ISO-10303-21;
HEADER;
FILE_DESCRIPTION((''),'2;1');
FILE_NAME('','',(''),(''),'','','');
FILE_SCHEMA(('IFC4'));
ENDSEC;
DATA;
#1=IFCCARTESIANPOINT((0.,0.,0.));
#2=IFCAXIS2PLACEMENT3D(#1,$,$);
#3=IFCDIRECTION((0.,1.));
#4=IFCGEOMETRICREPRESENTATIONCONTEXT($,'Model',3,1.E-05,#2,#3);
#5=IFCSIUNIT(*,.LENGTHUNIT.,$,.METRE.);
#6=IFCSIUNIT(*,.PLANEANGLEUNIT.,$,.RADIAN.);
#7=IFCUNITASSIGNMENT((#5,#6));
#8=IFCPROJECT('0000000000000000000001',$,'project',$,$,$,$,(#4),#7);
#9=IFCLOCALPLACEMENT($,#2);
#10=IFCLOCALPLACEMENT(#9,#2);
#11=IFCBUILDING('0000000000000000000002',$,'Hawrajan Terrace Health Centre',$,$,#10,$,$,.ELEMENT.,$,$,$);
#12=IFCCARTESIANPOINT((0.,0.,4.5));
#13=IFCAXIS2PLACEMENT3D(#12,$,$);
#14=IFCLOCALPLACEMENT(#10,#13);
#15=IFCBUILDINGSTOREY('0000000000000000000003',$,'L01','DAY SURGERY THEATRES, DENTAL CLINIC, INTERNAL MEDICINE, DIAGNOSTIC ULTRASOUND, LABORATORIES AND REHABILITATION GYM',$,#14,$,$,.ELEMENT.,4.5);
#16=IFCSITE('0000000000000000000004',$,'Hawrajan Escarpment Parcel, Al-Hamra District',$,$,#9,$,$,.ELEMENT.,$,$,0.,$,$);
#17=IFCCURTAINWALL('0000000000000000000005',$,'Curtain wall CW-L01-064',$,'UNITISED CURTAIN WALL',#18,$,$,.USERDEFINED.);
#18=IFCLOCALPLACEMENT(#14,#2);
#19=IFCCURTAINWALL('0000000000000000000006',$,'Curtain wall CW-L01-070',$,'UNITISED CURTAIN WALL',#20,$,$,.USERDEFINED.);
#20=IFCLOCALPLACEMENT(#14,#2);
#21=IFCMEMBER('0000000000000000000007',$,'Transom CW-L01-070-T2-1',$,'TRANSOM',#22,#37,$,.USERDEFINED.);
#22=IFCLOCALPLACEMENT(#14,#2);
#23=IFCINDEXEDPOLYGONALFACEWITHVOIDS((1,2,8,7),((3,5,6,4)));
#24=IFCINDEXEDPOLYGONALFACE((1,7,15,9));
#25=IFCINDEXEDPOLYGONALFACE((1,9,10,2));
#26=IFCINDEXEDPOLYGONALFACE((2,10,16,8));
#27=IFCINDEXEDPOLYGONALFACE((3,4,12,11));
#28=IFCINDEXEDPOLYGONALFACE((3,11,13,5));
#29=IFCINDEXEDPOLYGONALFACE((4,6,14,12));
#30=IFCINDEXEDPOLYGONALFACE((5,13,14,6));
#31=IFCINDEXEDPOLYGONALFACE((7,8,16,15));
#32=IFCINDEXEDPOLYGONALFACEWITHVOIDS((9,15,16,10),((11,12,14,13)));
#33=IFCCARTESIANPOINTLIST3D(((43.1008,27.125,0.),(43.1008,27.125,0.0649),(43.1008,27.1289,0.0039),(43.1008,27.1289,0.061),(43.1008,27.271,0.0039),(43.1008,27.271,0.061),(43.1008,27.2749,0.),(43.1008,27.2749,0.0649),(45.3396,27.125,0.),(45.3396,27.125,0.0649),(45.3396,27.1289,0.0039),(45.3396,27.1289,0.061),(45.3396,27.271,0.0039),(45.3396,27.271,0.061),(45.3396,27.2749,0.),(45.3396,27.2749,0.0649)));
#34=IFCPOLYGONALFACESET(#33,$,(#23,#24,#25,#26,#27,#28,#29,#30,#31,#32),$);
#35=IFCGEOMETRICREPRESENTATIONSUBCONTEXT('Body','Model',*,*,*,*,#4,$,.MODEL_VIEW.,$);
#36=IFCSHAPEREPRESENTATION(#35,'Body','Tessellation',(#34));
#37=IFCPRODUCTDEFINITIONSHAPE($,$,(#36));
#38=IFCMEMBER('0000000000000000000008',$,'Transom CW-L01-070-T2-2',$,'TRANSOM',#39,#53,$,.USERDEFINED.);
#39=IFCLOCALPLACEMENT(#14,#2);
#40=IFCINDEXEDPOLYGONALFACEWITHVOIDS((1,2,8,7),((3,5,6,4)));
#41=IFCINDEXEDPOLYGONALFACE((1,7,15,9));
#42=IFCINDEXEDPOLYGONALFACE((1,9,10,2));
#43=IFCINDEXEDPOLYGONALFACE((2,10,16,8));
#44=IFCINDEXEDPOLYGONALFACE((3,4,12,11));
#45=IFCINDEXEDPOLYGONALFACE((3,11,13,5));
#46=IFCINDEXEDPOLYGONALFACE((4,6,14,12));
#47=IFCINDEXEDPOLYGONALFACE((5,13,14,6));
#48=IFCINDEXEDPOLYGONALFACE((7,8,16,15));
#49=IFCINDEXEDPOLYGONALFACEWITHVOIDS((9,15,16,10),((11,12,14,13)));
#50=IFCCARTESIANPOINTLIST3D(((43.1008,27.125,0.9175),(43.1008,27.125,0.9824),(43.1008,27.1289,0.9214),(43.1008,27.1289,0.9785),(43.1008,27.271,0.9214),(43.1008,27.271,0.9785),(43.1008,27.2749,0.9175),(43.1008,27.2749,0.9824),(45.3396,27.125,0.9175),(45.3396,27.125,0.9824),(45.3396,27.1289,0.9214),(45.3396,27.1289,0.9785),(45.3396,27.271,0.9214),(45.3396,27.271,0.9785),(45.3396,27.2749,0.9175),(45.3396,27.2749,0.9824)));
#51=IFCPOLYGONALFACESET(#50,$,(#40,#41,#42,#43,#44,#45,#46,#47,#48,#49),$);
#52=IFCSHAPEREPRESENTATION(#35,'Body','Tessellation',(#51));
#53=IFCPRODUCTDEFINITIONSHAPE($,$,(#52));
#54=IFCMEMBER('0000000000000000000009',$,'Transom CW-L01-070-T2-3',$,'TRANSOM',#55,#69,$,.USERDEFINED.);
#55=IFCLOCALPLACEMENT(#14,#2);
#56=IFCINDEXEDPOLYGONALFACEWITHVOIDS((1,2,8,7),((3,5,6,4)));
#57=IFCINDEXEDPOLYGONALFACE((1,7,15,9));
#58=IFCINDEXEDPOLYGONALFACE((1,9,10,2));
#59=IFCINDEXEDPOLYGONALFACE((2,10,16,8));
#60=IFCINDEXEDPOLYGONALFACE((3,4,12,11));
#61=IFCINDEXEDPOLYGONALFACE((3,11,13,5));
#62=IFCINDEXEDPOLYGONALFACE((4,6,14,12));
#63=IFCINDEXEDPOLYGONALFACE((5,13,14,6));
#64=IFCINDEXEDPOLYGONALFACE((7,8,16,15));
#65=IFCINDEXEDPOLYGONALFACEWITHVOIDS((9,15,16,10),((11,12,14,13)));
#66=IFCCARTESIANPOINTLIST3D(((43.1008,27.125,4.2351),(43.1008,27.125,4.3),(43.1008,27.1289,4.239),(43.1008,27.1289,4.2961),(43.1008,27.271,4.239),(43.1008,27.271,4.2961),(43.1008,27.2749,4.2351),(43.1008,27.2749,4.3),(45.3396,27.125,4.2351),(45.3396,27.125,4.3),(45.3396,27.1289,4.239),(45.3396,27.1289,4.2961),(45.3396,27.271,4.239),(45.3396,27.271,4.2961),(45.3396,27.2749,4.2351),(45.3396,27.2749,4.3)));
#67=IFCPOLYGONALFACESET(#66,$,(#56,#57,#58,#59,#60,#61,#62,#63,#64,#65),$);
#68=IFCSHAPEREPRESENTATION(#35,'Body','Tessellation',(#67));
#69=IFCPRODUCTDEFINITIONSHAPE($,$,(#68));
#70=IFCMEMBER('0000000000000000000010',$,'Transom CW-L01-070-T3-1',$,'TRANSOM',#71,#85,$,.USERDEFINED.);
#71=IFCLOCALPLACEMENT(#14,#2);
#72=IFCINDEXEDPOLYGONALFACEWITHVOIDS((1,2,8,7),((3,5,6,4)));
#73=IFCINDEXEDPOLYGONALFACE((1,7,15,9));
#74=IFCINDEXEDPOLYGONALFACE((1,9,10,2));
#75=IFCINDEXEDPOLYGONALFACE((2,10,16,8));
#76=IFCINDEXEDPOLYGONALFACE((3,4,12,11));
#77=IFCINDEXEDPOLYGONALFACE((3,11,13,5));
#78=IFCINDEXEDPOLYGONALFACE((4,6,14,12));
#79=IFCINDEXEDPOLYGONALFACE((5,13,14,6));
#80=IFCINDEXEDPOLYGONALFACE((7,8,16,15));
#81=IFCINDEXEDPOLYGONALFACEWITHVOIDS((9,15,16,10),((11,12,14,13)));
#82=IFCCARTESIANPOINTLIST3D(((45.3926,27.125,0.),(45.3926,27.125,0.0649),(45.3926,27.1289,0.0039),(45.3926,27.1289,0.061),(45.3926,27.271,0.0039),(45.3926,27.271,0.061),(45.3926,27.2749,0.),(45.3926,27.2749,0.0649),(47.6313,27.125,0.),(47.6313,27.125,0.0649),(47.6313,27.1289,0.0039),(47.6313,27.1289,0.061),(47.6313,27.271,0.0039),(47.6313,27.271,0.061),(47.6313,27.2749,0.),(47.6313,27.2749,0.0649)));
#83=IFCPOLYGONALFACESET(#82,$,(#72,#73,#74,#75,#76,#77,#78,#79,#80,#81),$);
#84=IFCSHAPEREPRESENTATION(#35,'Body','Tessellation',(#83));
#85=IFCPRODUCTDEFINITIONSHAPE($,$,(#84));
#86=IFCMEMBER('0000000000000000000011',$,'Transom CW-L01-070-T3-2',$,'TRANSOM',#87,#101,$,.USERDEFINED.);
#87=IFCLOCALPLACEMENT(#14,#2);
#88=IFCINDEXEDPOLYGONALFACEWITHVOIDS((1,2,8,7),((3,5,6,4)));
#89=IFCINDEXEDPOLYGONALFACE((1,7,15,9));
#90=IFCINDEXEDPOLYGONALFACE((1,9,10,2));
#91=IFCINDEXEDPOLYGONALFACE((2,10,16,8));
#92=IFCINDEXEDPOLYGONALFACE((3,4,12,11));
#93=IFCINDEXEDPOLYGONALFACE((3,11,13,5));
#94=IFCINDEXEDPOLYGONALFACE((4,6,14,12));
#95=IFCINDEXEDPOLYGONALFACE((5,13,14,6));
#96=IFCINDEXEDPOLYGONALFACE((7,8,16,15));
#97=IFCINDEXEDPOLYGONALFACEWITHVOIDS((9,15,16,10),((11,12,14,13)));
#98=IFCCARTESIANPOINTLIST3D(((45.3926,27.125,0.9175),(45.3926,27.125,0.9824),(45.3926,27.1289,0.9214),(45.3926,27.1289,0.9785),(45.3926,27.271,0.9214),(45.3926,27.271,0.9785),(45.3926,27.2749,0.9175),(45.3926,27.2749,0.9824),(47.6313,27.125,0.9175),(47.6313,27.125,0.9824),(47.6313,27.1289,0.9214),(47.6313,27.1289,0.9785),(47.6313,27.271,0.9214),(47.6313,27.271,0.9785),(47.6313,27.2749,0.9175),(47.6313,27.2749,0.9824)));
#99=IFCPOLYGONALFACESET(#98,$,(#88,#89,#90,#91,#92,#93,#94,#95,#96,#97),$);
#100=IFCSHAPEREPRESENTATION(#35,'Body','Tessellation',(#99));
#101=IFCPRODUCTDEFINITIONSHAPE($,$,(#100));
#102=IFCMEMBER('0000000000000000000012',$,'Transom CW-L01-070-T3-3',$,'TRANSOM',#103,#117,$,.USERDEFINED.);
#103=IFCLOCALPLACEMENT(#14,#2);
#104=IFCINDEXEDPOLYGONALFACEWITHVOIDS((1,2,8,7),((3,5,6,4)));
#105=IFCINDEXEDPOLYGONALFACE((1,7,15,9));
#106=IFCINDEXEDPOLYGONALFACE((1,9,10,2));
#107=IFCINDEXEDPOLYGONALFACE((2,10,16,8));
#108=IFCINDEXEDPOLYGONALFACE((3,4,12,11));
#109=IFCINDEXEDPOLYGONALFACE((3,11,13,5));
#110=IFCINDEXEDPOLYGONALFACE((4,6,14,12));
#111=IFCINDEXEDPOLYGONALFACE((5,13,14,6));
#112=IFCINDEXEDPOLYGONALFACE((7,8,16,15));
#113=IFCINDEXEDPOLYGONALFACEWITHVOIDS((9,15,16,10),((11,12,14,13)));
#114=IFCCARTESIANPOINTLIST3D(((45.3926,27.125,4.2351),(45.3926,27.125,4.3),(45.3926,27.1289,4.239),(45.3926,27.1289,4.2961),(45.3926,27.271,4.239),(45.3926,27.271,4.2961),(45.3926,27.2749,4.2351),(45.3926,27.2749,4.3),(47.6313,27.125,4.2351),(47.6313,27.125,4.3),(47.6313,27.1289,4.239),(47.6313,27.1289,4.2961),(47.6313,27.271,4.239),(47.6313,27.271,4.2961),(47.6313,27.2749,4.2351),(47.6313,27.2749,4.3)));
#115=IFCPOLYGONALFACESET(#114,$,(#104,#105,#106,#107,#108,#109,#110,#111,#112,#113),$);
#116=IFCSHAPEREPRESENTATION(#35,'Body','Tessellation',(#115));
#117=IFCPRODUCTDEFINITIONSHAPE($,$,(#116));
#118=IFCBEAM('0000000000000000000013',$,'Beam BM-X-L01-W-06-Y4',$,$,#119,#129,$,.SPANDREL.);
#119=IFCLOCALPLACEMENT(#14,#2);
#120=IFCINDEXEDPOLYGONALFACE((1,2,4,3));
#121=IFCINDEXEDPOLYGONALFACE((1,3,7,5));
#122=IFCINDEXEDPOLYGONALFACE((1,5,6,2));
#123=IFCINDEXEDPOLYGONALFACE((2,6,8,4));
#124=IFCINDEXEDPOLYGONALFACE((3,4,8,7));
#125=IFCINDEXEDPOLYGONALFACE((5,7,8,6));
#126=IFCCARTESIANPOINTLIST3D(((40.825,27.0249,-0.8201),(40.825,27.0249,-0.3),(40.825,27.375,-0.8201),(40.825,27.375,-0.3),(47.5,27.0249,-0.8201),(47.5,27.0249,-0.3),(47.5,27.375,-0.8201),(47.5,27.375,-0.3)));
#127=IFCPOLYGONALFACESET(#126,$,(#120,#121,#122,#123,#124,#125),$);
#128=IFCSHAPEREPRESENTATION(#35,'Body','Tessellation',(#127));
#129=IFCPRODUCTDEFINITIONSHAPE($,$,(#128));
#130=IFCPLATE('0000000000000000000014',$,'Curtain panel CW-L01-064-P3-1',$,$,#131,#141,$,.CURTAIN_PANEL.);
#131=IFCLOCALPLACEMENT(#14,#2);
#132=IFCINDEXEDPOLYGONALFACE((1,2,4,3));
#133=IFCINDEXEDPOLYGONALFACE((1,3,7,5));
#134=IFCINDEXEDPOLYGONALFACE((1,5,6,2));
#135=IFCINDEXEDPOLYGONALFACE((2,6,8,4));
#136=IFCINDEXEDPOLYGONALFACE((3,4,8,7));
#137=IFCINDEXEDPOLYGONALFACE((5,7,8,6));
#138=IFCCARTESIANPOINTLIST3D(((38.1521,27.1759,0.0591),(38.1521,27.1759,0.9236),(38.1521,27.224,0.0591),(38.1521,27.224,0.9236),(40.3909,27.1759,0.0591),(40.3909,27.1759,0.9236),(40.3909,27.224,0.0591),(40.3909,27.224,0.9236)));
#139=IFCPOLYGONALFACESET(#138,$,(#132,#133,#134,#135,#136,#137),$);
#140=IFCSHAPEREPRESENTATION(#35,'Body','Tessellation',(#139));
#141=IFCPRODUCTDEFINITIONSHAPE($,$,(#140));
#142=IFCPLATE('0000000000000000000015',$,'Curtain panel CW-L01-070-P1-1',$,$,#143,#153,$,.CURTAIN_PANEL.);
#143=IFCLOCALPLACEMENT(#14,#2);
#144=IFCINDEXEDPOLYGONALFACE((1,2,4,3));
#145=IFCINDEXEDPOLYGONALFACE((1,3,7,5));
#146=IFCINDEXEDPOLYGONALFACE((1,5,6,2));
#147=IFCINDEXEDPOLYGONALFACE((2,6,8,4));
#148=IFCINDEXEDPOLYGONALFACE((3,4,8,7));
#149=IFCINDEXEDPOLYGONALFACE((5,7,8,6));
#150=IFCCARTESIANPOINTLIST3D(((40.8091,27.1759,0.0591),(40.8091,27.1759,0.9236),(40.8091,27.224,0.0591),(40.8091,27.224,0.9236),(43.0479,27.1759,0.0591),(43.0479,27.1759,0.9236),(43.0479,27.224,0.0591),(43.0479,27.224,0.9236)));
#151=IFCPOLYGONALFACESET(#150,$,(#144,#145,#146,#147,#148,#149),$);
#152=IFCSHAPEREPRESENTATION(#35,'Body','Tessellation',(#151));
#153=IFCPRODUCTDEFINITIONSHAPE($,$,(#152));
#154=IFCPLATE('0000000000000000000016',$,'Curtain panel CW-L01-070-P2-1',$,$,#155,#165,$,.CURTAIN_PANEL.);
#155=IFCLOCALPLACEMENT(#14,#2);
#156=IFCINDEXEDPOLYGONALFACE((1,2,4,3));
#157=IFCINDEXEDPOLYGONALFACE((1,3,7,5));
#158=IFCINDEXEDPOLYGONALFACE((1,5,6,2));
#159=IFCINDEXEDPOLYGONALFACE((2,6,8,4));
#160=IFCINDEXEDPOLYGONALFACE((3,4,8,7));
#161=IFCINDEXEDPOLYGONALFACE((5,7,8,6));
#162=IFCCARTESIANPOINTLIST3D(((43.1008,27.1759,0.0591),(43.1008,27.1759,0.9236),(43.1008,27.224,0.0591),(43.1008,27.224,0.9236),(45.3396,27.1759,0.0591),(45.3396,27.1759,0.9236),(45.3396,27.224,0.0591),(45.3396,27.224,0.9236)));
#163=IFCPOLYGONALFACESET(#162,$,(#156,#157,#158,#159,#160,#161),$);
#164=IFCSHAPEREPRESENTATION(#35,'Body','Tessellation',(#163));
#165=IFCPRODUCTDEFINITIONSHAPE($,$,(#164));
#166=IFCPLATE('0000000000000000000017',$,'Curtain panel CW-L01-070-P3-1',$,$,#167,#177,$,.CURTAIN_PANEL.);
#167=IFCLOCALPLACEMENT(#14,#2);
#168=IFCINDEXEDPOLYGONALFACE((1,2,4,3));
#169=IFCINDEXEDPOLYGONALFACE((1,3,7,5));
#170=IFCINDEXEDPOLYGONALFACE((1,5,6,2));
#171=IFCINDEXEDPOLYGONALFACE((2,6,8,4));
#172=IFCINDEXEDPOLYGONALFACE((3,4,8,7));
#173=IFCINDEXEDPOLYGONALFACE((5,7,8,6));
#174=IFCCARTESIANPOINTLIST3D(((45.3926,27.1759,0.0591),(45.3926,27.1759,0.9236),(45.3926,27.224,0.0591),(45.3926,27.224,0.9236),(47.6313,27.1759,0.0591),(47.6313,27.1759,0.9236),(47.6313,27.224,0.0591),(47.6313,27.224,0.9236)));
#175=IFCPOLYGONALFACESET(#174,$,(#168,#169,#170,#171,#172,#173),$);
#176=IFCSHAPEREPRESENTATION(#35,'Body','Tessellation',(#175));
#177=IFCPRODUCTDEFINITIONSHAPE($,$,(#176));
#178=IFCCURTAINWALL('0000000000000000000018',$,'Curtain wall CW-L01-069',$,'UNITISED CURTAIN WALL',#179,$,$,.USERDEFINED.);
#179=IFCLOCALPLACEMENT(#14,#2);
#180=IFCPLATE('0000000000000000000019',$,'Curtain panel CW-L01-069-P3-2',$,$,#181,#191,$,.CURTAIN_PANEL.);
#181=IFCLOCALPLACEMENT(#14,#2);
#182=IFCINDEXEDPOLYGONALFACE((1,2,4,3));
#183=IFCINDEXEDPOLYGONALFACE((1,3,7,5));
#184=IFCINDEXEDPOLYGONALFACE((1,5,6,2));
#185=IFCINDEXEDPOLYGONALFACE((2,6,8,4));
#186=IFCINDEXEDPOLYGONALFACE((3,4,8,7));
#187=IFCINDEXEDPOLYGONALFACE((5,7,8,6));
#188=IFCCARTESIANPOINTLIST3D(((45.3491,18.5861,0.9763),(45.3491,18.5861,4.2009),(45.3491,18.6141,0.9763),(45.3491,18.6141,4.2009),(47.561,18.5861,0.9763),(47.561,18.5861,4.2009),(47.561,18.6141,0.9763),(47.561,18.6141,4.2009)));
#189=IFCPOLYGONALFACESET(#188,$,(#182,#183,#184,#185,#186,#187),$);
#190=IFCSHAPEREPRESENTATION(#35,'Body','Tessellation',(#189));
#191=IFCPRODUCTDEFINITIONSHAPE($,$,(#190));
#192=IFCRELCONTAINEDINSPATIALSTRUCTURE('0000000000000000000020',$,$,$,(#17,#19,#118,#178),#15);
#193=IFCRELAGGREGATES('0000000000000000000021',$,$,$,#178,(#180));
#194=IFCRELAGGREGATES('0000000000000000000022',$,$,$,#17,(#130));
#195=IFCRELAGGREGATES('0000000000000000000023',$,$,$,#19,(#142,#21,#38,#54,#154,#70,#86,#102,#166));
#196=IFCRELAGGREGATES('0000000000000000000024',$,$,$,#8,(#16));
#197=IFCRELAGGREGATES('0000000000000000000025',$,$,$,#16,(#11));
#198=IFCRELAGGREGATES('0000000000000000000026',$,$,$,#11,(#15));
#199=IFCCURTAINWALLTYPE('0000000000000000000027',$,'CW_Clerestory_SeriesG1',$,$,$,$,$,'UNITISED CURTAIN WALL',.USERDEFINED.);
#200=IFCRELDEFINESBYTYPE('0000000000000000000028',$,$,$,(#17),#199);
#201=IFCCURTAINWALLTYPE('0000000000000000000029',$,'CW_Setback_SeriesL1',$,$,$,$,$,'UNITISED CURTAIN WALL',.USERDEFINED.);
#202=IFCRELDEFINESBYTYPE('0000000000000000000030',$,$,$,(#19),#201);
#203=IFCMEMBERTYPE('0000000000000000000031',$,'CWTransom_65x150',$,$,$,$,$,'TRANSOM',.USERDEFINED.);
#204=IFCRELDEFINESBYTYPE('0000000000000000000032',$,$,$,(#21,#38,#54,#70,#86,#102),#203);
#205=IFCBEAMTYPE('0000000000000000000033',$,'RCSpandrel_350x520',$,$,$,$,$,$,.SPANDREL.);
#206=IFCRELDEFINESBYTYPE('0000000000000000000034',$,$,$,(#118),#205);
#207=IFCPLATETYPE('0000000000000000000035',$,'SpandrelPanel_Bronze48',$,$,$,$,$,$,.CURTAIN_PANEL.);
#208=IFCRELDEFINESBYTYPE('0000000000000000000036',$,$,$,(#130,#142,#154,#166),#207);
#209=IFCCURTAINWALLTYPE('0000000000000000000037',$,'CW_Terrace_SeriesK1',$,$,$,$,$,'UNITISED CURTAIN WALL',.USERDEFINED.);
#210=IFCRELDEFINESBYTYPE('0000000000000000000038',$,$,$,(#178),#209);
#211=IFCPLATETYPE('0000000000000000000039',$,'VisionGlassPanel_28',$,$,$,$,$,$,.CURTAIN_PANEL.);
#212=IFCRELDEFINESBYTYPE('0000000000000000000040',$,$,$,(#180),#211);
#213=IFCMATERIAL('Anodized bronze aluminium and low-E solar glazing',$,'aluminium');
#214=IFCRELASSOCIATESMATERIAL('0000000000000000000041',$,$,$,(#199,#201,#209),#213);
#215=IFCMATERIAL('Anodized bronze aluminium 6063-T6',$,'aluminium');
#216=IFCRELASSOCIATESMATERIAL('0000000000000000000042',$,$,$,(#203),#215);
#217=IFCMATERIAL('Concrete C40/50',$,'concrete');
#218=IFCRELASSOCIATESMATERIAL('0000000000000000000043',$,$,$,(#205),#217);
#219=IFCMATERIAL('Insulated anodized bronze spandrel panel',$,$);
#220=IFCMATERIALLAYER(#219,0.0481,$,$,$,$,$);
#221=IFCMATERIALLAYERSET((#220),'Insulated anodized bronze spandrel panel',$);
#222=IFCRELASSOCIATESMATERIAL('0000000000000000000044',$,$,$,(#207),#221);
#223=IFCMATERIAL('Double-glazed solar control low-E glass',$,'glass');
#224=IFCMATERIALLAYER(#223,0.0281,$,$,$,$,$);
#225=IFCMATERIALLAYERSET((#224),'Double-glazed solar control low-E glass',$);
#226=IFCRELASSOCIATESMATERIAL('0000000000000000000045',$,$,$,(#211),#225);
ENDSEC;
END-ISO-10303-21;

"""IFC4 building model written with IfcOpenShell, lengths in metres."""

from ifc_helpers import new_model, si_unit, direction, frame, origin, origin_2d, place, context, subcontext, project, spatial, rectangle, hollow_rectangle, extrude, material, layer, layer_set, material_profile, profile_set, type_object, element, aggregate, save


model = new_model("IFC4")

# Units and contexts
model_context = context("Model", 3, precision=1e-05, world=origin(), true_north=direction((0.0, 1.0)))
body_context = subcontext(model_context, "Body", "Model", "MODEL_VIEW")
ifc_project = project(units=[si_unit("LENGTHUNIT", "METRE"), si_unit("PLANEANGLEUNIT", "RADIAN")], contexts=[model_context])

# Site, building, storey
site_placement = place(None, origin())
site = spatial("IfcSite", under=ifc_project, at=site_placement, Name="Hawrajan Escarpment Parcel, Al-Hamra District", CompositionType="ELEMENT", RefElevation=0.0)
building_placement = place(site_placement, origin())
building = spatial("IfcBuilding", under=site, at=building_placement, Name="Hawrajan Terrace Health Centre", CompositionType="ELEMENT")
storey_placement = place(building_placement, frame((0.0, 0.0, 4.5)))
storey = spatial("IfcBuildingStorey", under=building, at=storey_placement, Name="L01", Description="DAY SURGERY THEATRES, DENTAL CLINIC, INTERNAL MEDICINE, DIAGNOSTIC ULTRASOUND, LABORATORIES AND REHABILITATION GYM", CompositionType="ELEMENT", Elevation=4.5)

# Curtain wall
ifc_material_1 = material(Name="Anodized bronze aluminium and low-E solar glazing", Category="aluminium")
curtain_wall_type_1 = type_object("IfcCurtainWallType", Name="CW_Clerestory_SeriesG1", ElementType="UNITISED CURTAIN WALL", PredefinedType="USERDEFINED", material=ifc_material_1)
curtain_wall_1_placement = place(storey_placement, origin())
curtain_wall_1 = element("IfcCurtainWall", 1, at=curtain_wall_1_placement, inside=storey, type_object=curtain_wall_type_1, Name="Curtain wall CW-L01-064", ObjectType="UNITISED CURTAIN WALL", PredefinedType="USERDEFINED")
ifc_material_2 = material(Name="Anodized bronze aluminium 6063-T6", Category="aluminium")

# Curtain wall
curtain_wall_type_2 = type_object("IfcCurtainWallType", Name="CW_Setback_SeriesL1", ElementType="UNITISED CURTAIN WALL", PredefinedType="USERDEFINED", material=ifc_material_1)
curtain_wall_2_placement = place(storey_placement, origin())
curtain_wall_2 = element("IfcCurtainWall", 2, at=curtain_wall_2_placement, inside=storey, type_object=curtain_wall_type_2, Name="Curtain wall CW-L01-070", ObjectType="UNITISED CURTAIN WALL", PredefinedType="USERDEFINED")

# Members
ifc_material_profile_1 = material_profile(ifc_material_2, hollow_rectangle(XDim=0.0649, YDim=0.1499, WallThickness=0.0039, at=origin_2d()), Name="CW TRN 65x150")
ifc_profile_set_1 = profile_set([ifc_material_profile_1], Name="Anodized bronze aluminium 6063-T6")
member_type_1 = type_object("IfcMemberType", Name="CWTransom_65x150", ElementType="TRANSOM", PredefinedType="USERDEFINED", material=ifc_profile_set_1)
member_1_placement = place(storey_placement, frame((43.1008, 27.2, 0.0325), z_axis=(1.0, 0.0, 0.0), x_axis=(0.0, 0.0, 1.0)))
member_1 = element("IfcMember", 3, at=member_1_placement, type_object=member_type_1, Name="Transom CW-L01-070-T2-1", ObjectType="TRANSOM", PredefinedType="USERDEFINED", context=body_context, shape_type="SweptSolid", body=[
    extrude(hollow_rectangle(XDim=0.0649, YDim=0.1499, WallThickness=0.0039, at=origin_2d()), origin(), (0.0, 0.0, 1.0), 2.2388),
])
member_2_placement = place(storey_placement, frame((43.1008, 27.2, 0.95), z_axis=(1.0, 0.0, 0.0), x_axis=(0.0, 0.0, 1.0)))
member_2 = element("IfcMember", 4, at=member_2_placement, type_object=member_type_1, Name="Transom CW-L01-070-T2-2", ObjectType="TRANSOM", PredefinedType="USERDEFINED", context=body_context, shape_type="SweptSolid", body=[
    extrude(hollow_rectangle(XDim=0.0649, YDim=0.1499, WallThickness=0.0039, at=origin_2d()), origin(), (0.0, 0.0, 1.0), 2.2388),
])
member_3_placement = place(storey_placement, frame((43.1008, 27.2, 4.2676), z_axis=(1.0, 0.0, 0.0), x_axis=(0.0, 0.0, 1.0)))
member_3 = element("IfcMember", 5, at=member_3_placement, type_object=member_type_1, Name="Transom CW-L01-070-T2-3", ObjectType="TRANSOM", PredefinedType="USERDEFINED", context=body_context, shape_type="SweptSolid", body=[
    extrude(hollow_rectangle(XDim=0.0649, YDim=0.1499, WallThickness=0.0039, at=origin_2d()), origin(), (0.0, 0.0, 1.0), 2.2388),
])
member_4_placement = place(storey_placement, frame((45.3926, 27.2, 0.0325), z_axis=(1.0, 0.0, 0.0), x_axis=(0.0, 0.0, 1.0)))
member_4 = element("IfcMember", 6, at=member_4_placement, type_object=member_type_1, Name="Transom CW-L01-070-T3-1", ObjectType="TRANSOM", PredefinedType="USERDEFINED", context=body_context, shape_type="SweptSolid", body=[
    extrude(hollow_rectangle(XDim=0.0649, YDim=0.1499, WallThickness=0.0039, at=origin_2d()), origin(), (0.0, 0.0, 1.0), 2.2388),
])
member_5_placement = place(storey_placement, frame((45.3926, 27.2, 0.95), z_axis=(1.0, 0.0, 0.0), x_axis=(0.0, 0.0, 1.0)))
member_5 = element("IfcMember", 7, at=member_5_placement, type_object=member_type_1, Name="Transom CW-L01-070-T3-2", ObjectType="TRANSOM", PredefinedType="USERDEFINED", context=body_context, shape_type="SweptSolid", body=[
    extrude(hollow_rectangle(XDim=0.0649, YDim=0.1499, WallThickness=0.0039, at=origin_2d()), origin(), (0.0, 0.0, 1.0), 2.2388),
])
member_6_placement = place(storey_placement, frame((45.3926, 27.2, 4.2676), z_axis=(1.0, 0.0, 0.0), x_axis=(0.0, 0.0, 1.0)))
member_6 = element("IfcMember", 8, at=member_6_placement, type_object=member_type_1, Name="Transom CW-L01-070-T3-3", ObjectType="TRANSOM", PredefinedType="USERDEFINED", context=body_context, shape_type="SweptSolid", body=[
    extrude(hollow_rectangle(XDim=0.0649, YDim=0.1499, WallThickness=0.0039, at=origin_2d()), origin(), (0.0, 0.0, 1.0), 2.2388),
])

# Beam
ifc_material_3 = material(Name="Concrete C40/50", Category="concrete")
ifc_material_profile_2 = material_profile(ifc_material_3, rectangle(XDim=0.3501, YDim=0.52, at=origin_2d()), Name="RC SP 350x520")
ifc_profile_set_2 = profile_set([ifc_material_profile_2], Name="Concrete C40/50")
beam_type = type_object("IfcBeamType", Name="RCSpandrel_350x520", PredefinedType="SPANDREL", material=ifc_profile_set_2)
beam_placement = place(storey_placement, frame((40.825, 27.2, -0.5601), z_axis=(1.0, 0.0, 0.0), x_axis=(0.0, 1.0, 0.0)))
element("IfcBeam", 9, at=beam_placement, inside=storey, type_object=beam_type, Name="Beam BM-X-L01-W-06-Y4", PredefinedType="SPANDREL", context=body_context, shape_type="SweptSolid", body=[
    extrude(rectangle(XDim=0.3501, YDim=0.52, at=origin_2d()), origin(), (0.0, 0.0, 1.0), 6.675),
])

# Plates
ifc_material_4 = material(Name="Insulated anodized bronze spandrel panel")
ifc_layer_1 = layer(ifc_material_4, 0.0481)
ifc_layer_set_1 = layer_set([ifc_layer_1], Name="Insulated anodized bronze spandrel panel")
plate_type_1 = type_object("IfcPlateType", Name="SpandrelPanel_Bronze48", PredefinedType="CURTAIN_PANEL", material=ifc_layer_set_1)
plate_1_placement = place(storey_placement, frame((39.2715, 27.2, 0.0591), z_axis=(0.0, 0.0, 1.0), x_axis=(1.0, 0.0, 0.0)))
plate_1 = element("IfcPlate", 10, at=plate_1_placement, type_object=plate_type_1, Name="Curtain panel CW-L01-064-P3-1", PredefinedType="CURTAIN_PANEL", context=body_context, shape_type="SweptSolid", body=[
    extrude(rectangle(XDim=2.2388, YDim=0.0481, at=origin_2d()), origin(), (0.0, 0.0, 1.0), 0.8645),
])
plate_2_placement = place(storey_placement, frame((41.9285, 27.2, 0.0591), z_axis=(0.0, 0.0, 1.0), x_axis=(1.0, 0.0, 0.0)))
plate_2 = element("IfcPlate", 11, at=plate_2_placement, type_object=plate_type_1, Name="Curtain panel CW-L01-070-P1-1", PredefinedType="CURTAIN_PANEL", context=body_context, shape_type="SweptSolid", body=[
    extrude(rectangle(XDim=2.2388, YDim=0.0481, at=origin_2d()), origin(), (0.0, 0.0, 1.0), 0.8645),
])
plate_3_placement = place(storey_placement, frame((44.2202, 27.2, 0.0591), z_axis=(0.0, 0.0, 1.0), x_axis=(1.0, 0.0, 0.0)))
plate_3 = element("IfcPlate", 12, at=plate_3_placement, type_object=plate_type_1, Name="Curtain panel CW-L01-070-P2-1", PredefinedType="CURTAIN_PANEL", context=body_context, shape_type="SweptSolid", body=[
    extrude(rectangle(XDim=2.2388, YDim=0.0481, at=origin_2d()), origin(), (0.0, 0.0, 1.0), 0.8645),
])
plate_4_placement = place(storey_placement, frame((46.512, 27.2, 0.0591), z_axis=(0.0, 0.0, 1.0), x_axis=(1.0, 0.0, 0.0)))
plate_4 = element("IfcPlate", 13, at=plate_4_placement, type_object=plate_type_1, Name="Curtain panel CW-L01-070-P3-1", PredefinedType="CURTAIN_PANEL", context=body_context, shape_type="SweptSolid", body=[
    extrude(rectangle(XDim=2.2388, YDim=0.0481, at=origin_2d()), origin(), (0.0, 0.0, 1.0), 0.8645),
])

# Curtain wall, plate
curtain_wall_type_3 = type_object("IfcCurtainWallType", Name="CW_Terrace_SeriesK1", ElementType="UNITISED CURTAIN WALL", PredefinedType="USERDEFINED", material=ifc_material_1)
curtain_wall_3_placement = place(storey_placement, origin())
curtain_wall_3 = element("IfcCurtainWall", 14, at=curtain_wall_3_placement, inside=storey, type_object=curtain_wall_type_3, Name="Curtain wall CW-L01-069", ObjectType="UNITISED CURTAIN WALL", PredefinedType="USERDEFINED")
ifc_material_5 = material(Name="Double-glazed solar control low-E glass", Category="glass")
ifc_layer_2 = layer(ifc_material_5, 0.0281)
ifc_layer_set_2 = layer_set([ifc_layer_2], Name="Double-glazed solar control low-E glass")
plate_type_2 = type_object("IfcPlateType", Name="VisionGlassPanel_28", PredefinedType="CURTAIN_PANEL", material=ifc_layer_set_2)
plate_5_placement = place(storey_placement, frame((46.4551, 18.6001, 0.9763), z_axis=(0.0, 0.0, 1.0), x_axis=(1.0, 0.0, 0.0)))
plate_5 = element("IfcPlate", 15, at=plate_5_placement, type_object=plate_type_2, Name="Curtain panel CW-L01-069-P3-2", PredefinedType="CURTAIN_PANEL", context=body_context, shape_type="SweptSolid", body=[
    extrude(rectangle(XDim=2.2119, YDim=0.0281, at=origin_2d()), origin(), (0.0, 0.0, 1.0), 3.2246),
])
aggregate(curtain_wall_3, [plate_5])

aggregate(curtain_wall_1, [plate_1])
aggregate(curtain_wall_2, [plate_2, member_1, member_2, member_3, plate_3, member_4, member_5, member_6, plate_4])

save(model, "model.ifc")
